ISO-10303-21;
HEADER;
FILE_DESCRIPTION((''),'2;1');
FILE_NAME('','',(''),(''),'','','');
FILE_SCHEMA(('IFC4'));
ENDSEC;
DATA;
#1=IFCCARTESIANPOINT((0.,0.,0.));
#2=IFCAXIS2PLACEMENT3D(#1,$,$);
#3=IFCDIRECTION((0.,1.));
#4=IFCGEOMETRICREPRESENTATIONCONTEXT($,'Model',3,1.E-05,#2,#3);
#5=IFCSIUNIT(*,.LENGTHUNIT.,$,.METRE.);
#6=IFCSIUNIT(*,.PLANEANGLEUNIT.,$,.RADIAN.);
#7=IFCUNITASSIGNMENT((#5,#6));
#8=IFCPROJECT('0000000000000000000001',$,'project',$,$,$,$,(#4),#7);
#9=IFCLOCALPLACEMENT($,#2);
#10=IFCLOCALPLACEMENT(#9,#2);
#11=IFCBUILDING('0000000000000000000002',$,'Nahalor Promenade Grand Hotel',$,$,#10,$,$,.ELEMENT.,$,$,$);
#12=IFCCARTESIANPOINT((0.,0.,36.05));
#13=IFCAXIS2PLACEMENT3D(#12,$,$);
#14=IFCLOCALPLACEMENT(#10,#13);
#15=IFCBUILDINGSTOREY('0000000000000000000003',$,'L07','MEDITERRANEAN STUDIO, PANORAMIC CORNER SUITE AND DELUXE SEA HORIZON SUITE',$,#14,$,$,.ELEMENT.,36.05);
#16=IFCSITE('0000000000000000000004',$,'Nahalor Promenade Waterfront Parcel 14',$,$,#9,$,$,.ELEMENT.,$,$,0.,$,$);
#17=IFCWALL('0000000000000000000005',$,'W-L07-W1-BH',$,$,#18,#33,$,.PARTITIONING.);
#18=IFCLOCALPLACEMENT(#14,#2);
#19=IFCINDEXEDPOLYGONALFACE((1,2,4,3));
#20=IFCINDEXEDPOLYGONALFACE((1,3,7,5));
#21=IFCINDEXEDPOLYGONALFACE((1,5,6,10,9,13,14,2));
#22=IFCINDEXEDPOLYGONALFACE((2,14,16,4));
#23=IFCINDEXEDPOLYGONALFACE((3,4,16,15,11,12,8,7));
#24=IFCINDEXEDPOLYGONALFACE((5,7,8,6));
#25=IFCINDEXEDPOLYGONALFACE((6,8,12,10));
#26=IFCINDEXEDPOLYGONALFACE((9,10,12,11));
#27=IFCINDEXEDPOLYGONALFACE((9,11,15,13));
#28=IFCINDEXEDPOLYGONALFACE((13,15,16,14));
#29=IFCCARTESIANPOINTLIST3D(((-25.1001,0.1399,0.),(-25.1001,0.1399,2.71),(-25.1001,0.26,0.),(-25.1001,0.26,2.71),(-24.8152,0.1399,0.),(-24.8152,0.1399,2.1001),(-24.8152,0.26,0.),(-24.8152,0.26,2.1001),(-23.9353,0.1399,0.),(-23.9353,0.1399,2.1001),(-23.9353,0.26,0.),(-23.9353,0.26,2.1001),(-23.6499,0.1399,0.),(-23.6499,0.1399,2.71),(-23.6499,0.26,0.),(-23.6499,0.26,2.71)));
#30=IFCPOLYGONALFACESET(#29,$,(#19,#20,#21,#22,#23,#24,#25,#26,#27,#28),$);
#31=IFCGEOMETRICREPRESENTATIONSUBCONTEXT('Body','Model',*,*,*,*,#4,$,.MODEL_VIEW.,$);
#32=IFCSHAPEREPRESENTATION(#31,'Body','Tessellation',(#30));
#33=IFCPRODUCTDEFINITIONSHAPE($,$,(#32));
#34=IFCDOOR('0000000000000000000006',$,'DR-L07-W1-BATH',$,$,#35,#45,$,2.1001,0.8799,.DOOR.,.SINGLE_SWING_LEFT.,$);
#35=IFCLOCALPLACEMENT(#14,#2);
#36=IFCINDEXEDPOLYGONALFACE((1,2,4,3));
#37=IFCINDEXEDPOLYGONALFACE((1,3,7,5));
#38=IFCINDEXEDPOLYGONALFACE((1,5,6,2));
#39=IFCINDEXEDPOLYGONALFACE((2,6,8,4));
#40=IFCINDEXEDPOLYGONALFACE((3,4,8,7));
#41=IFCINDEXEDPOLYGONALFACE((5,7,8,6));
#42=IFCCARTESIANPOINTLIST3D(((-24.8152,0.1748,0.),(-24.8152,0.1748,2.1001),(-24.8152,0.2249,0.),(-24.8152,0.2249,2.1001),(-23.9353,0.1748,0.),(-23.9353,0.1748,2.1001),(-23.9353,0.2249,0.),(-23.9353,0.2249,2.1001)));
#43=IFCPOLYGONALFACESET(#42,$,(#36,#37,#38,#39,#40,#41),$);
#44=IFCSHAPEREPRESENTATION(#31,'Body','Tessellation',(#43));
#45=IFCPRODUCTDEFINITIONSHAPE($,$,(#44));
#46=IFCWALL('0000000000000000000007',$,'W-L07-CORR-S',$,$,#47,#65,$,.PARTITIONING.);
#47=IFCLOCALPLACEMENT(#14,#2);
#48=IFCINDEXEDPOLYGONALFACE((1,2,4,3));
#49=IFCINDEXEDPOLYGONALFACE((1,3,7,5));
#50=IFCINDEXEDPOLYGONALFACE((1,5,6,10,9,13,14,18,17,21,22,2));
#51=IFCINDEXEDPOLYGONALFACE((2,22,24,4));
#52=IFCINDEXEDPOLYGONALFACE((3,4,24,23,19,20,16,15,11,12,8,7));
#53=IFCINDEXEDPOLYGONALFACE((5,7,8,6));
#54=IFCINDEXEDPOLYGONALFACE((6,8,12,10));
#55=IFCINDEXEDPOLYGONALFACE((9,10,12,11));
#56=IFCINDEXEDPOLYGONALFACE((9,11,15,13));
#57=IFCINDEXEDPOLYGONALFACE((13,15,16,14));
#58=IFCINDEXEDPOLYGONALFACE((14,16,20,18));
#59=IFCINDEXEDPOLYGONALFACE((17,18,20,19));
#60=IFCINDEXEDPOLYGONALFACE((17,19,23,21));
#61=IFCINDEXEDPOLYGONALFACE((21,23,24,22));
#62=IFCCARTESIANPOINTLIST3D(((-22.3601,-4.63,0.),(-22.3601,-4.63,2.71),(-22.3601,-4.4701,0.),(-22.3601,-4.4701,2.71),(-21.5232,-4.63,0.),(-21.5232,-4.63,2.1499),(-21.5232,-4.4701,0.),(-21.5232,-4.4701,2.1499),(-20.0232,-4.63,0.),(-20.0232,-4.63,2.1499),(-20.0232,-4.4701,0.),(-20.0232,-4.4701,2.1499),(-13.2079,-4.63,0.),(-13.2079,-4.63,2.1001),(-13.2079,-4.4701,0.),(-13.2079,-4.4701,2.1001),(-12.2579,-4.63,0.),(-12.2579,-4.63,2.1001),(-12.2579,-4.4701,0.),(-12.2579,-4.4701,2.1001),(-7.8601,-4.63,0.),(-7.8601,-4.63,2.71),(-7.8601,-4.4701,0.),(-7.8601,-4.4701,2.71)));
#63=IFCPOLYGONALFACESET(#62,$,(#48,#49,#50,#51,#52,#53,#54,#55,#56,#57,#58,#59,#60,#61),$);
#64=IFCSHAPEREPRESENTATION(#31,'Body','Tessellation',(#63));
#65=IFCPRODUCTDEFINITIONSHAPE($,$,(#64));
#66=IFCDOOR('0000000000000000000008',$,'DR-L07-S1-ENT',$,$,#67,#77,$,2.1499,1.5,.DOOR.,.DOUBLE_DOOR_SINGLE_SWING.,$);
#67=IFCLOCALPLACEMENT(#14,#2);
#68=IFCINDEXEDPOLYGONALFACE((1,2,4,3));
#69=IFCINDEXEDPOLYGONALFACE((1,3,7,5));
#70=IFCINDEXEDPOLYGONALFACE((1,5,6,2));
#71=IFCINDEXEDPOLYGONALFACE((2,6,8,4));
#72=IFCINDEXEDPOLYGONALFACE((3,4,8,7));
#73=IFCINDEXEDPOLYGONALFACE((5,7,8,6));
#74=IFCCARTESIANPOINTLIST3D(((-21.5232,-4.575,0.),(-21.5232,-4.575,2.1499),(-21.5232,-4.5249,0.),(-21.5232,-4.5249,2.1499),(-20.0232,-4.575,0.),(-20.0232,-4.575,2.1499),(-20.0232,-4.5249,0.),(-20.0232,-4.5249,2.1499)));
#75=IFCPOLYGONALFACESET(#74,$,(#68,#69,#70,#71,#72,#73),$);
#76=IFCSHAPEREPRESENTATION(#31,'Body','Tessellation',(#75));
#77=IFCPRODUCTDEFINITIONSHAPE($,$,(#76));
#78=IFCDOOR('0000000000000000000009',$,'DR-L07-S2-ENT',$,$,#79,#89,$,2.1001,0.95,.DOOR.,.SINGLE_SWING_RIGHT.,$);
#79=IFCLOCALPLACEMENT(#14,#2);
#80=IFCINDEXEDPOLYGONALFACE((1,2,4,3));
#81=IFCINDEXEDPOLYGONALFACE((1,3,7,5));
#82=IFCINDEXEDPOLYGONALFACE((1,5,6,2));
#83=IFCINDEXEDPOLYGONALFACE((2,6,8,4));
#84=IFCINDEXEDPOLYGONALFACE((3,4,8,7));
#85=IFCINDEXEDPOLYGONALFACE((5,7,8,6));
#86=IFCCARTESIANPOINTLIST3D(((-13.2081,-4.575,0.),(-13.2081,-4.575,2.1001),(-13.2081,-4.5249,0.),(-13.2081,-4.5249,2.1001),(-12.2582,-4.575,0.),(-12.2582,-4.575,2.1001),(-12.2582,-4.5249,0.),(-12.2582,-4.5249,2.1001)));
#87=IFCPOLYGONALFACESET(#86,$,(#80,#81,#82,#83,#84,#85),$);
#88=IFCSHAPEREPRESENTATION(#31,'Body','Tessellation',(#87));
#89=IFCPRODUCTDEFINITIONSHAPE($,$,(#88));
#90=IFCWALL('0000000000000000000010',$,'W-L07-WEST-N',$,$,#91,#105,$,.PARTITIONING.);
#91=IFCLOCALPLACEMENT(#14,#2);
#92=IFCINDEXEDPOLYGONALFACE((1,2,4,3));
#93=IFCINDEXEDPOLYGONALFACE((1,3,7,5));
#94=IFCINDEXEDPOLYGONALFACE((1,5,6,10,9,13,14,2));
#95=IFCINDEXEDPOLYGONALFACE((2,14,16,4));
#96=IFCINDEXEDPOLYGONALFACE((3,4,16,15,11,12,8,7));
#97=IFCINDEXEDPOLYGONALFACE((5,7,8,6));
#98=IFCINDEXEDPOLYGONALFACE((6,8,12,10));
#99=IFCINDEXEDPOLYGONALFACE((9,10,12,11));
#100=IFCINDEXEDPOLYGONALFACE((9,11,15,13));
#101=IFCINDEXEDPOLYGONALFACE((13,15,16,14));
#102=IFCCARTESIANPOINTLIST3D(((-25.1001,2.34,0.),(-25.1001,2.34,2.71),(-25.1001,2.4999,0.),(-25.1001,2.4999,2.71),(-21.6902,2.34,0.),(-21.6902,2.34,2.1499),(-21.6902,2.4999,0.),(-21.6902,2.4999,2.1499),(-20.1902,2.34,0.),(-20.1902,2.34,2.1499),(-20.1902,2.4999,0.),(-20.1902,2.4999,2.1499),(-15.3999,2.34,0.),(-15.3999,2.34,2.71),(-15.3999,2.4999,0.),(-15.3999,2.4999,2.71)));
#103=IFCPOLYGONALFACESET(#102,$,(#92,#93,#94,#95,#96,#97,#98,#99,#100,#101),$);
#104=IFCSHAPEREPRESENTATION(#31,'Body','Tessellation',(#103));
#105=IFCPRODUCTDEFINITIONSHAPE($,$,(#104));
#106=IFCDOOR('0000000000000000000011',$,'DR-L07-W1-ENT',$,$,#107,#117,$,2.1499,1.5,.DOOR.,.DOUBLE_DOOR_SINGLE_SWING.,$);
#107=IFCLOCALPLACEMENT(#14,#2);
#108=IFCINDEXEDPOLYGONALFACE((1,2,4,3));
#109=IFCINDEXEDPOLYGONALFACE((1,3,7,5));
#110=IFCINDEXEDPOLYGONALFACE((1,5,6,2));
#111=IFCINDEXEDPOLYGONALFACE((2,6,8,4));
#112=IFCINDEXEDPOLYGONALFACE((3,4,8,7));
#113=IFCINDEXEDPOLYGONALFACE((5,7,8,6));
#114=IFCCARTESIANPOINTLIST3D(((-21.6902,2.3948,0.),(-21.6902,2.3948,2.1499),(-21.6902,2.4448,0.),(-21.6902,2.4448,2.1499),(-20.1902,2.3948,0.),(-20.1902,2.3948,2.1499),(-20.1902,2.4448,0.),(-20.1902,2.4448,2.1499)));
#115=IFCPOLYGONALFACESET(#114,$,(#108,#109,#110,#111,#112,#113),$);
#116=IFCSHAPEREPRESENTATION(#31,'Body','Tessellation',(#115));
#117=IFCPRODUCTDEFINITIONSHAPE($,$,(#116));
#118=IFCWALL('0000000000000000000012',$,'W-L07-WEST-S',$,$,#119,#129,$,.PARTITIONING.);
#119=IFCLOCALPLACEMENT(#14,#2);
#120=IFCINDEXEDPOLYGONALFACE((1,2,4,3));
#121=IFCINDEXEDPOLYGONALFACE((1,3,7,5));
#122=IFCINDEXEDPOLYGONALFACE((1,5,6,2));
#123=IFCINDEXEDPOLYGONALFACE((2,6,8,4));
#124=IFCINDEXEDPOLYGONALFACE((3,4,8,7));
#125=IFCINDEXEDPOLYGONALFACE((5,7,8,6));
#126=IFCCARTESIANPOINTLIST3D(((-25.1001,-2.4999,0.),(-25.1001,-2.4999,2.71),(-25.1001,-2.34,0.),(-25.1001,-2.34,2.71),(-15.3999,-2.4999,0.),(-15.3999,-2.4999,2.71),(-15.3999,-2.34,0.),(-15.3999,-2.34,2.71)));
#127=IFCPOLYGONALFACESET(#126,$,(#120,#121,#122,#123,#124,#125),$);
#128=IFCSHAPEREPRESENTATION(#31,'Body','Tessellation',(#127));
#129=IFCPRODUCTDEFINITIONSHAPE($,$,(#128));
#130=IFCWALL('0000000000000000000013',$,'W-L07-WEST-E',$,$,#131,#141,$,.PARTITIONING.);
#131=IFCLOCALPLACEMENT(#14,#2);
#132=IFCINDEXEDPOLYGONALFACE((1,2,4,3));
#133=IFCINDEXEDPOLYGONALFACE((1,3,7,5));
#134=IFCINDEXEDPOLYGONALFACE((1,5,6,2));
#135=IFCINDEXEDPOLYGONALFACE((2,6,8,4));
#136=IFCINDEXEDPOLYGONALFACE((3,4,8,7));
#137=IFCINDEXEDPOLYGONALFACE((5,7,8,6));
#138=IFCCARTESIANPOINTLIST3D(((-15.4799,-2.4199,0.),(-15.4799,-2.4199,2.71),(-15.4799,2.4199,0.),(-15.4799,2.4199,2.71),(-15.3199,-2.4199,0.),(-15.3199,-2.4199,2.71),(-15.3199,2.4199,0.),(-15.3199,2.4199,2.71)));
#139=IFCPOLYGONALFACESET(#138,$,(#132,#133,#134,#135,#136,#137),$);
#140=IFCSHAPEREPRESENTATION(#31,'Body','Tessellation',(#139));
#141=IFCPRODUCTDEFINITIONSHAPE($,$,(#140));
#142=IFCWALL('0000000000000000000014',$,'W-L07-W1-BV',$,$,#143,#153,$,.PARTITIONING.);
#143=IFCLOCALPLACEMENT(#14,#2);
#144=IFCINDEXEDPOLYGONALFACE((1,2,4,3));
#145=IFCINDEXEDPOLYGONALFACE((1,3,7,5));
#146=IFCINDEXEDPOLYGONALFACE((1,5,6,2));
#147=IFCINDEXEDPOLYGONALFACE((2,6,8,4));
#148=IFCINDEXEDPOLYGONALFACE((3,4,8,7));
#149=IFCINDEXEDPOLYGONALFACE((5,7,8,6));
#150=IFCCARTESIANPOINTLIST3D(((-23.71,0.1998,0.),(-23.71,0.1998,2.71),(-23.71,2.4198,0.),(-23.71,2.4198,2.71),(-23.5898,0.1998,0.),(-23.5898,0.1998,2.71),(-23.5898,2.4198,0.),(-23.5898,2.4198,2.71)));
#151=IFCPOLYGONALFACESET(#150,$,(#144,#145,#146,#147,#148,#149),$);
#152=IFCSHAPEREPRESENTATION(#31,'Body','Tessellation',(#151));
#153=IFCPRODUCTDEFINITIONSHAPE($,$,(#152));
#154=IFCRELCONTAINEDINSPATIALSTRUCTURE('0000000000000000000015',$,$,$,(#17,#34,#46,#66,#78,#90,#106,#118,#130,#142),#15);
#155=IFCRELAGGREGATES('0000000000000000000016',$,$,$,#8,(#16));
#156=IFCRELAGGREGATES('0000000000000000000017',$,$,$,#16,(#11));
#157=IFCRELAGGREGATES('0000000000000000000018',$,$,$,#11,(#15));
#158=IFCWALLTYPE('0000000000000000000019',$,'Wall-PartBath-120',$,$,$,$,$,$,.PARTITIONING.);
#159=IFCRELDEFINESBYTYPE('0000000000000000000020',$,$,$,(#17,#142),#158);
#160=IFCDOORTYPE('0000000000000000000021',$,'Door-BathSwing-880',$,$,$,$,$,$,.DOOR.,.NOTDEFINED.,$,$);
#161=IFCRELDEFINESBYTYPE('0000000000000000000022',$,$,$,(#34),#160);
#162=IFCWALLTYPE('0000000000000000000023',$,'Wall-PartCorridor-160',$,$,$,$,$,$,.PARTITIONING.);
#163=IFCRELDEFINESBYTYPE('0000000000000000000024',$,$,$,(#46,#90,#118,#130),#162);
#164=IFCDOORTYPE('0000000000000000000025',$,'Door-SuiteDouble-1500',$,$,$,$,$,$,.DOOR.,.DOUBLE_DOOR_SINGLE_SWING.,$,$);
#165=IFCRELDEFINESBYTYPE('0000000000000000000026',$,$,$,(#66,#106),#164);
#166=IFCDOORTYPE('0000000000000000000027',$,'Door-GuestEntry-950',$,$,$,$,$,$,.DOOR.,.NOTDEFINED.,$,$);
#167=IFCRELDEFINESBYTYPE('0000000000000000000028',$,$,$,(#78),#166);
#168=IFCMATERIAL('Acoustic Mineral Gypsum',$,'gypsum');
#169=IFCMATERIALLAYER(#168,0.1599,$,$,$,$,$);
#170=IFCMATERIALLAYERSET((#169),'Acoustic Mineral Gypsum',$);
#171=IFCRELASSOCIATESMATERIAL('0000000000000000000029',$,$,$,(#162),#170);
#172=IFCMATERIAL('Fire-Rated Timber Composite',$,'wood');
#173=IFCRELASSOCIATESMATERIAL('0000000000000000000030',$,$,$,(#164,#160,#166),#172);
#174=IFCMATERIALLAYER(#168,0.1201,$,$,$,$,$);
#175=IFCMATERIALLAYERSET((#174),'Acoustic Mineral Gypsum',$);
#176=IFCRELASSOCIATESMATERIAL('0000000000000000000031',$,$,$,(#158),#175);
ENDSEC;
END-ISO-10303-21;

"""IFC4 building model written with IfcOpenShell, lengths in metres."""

from ifc_helpers import new_model, si_unit, direction, frame, frame_2d, origin, place, context, subcontext, project, spatial, rectangle, extrude, source, transform, mapped, material, layer, layer_set, type_object, element, fill, save


model = new_model("IFC4")

# Units and contexts
model_context = context("Model", 3, precision=1e-05, world=origin(), true_north=direction((0.0, 1.0)))
body_context = subcontext(model_context, "Body", "Model", "MODEL_VIEW")
ifc_project = project(units=[si_unit("LENGTHUNIT", "METRE"), si_unit("PLANEANGLEUNIT", "RADIAN")], contexts=[model_context])

# Site, building, storey
site_placement = place(None, origin())
site = spatial("IfcSite", under=ifc_project, at=site_placement, Name="Nahalor Promenade Waterfront Parcel 14", CompositionType="ELEMENT", RefElevation=0.0)
building_placement = place(site_placement, origin())
building = spatial("IfcBuilding", under=site, at=building_placement, Name="Nahalor Promenade Grand Hotel", CompositionType="ELEMENT")
storey_placement = place(building_placement, frame((0.0, 0.0, 36.05)))
storey = spatial("IfcBuildingStorey", under=building, at=storey_placement, Name="L07", Description="MEDITERRANEAN STUDIO, PANORAMIC CORNER SUITE AND DELUXE SEA HORIZON SUITE", CompositionType="ELEMENT", Elevation=36.05)

# Shared definitions
ifc_material_1 = material(Name="Acoustic Mineral Gypsum", Category="gypsum")
ifc_layer_1 = layer(ifc_material_1, 0.1599)
ifc_layer_set_1 = layer_set([ifc_layer_1], Name="Acoustic Mineral Gypsum")
wall_type_1 = type_object("IfcWallType", Name="Wall-PartCorridor-160", PredefinedType="PARTITIONING", material=ifc_layer_set_1)
ifc_material_2 = material(Name="Fire-Rated Timber Composite", Category="wood")
door_type_1 = type_object("IfcDoorType", Name="Door-SuiteDouble-1500", OperationType="DOUBLE_DOOR_SINGLE_SWING", PredefinedType="DOOR", material=ifc_material_2)
shared_shape_1 = source(origin(), body_context, "Body", "SweptSolid", [
    extrude(rectangle(XDim=1.5, YDim=2.1499, at=frame_2d((0.75, 1.075))), frame((0.0, 0.0249, 0.0), z_axis=(0.0, -1.0, 0.0), x_axis=(1.0, 0.0, 0.0)), (0.0, 0.0, 1.0), 0.05),
])

# Wall, opening, door
ifc_layer_2 = layer(ifc_material_1, 0.1201)
ifc_layer_set_2 = layer_set([ifc_layer_2], Name="Acoustic Mineral Gypsum")
wall_type_2 = type_object("IfcWallType", Name="Wall-PartBath-120", PredefinedType="PARTITIONING", material=ifc_layer_set_2)
shared_shape_2 = source(origin(), body_context, "Body", "SweptSolid", [
    extrude(rectangle(XDim=1.4502, YDim=0.1201, at=frame_2d((0.7251, 0.0))), origin(), (0.0, 0.0, 1.0), 2.71),
])
wall_1_placement = place(storey_placement, frame((-25.1001, 0.2, 0.0), z_axis=(0.0, 0.0, 1.0), x_axis=(1.0, 0.0, 0.0)))
wall_1 = element("IfcWall", 1, at=wall_1_placement, inside=storey, type_object=wall_type_2, Name="W-L07-W1-BH", PredefinedType="PARTITIONING", context=body_context, shape_type="MappedRepresentation", body=[
    mapped(shared_shape_2, transform((0.0, 0.0, 0.0), scale=1.0)),
])
opening_1_placement = place(wall_1_placement, frame((0.2849, 0.0, 0.0)))
opening_1 = element("IfcOpeningElement", 2, at=opening_1_placement, cuts=wall_1, PredefinedType="OPENING", context=body_context, shape_type="SweptSolid", body=[
    extrude(rectangle(XDim=0.8799, YDim=2.1001, at=frame_2d((0.4399, 1.05))), frame((0.0, 0.0701, 0.0), z_axis=(0.0, -1.0, 0.0), x_axis=(1.0, 0.0, 0.0)), (0.0, 0.0, 1.0), 0.1401),
])
door_type_2 = type_object("IfcDoorType", Name="Door-BathSwing-880", OperationType="NOTDEFINED", PredefinedType="DOOR", material=ifc_material_2)
shared_shape_3 = source(origin(), body_context, "Body", "SweptSolid", [
    extrude(rectangle(XDim=0.8799, YDim=2.1001, at=frame_2d((0.4399, 1.05))), frame((0.0, 0.0249, 0.0), z_axis=(0.0, -1.0, 0.0), x_axis=(1.0, 0.0, 0.0)), (0.0, 0.0, 1.0), 0.05),
])
door_1_placement = place(opening_1_placement, origin())
door_1 = element("IfcDoor", 3, at=door_1_placement, inside=storey, type_object=door_type_2, Name="DR-L07-W1-BATH", OperationType="SINGLE_SWING_LEFT", OverallHeight=2.1001, OverallWidth=0.8799, PredefinedType="DOOR", context=body_context, shape_type="MappedRepresentation", body=[
    mapped(shared_shape_3, transform((0.0, 0.0, 0.0), scale=1.0)),
])
fill(opening_1, door_1)

# Wall, openings, doors
shared_shape_4 = source(origin(), body_context, "Body", "SweptSolid", [
    extrude(rectangle(XDim=14.5, YDim=0.1599, at=frame_2d((7.25, 0.0))), origin(), (0.0, 0.0, 1.0), 2.71),
])
wall_2_placement = place(storey_placement, frame((-22.3601, -4.55, 0.0), z_axis=(0.0, 0.0, 1.0), x_axis=(1.0, 0.0, 0.0)))
wall_2 = element("IfcWall", 4, at=wall_2_placement, inside=storey, type_object=wall_type_1, Name="W-L07-CORR-S", PredefinedType="PARTITIONING", context=body_context, shape_type="MappedRepresentation", body=[
    mapped(shared_shape_4, transform((0.0, 0.0, 0.0), scale=1.0)),
])
opening_2_placement = place(wall_2_placement, frame((0.8369, 0.0, 0.0)))
opening_2 = element("IfcOpeningElement", 5, at=opening_2_placement, cuts=wall_2, PredefinedType="OPENING", context=body_context, shape_type="SweptSolid", body=[
    extrude(rectangle(XDim=1.5, YDim=2.1499, at=frame_2d((0.75, 1.075))), frame((0.0, 0.0898, 0.0), z_axis=(0.0, -1.0, 0.0), x_axis=(1.0, 0.0, 0.0)), (0.0, 0.0, 1.0), 0.1799),
])
opening_3_placement = place(wall_2_placement, frame((9.1521, 0.0, 0.0)))
opening_3 = element("IfcOpeningElement", 6, at=opening_3_placement, cuts=wall_2, PredefinedType="OPENING", context=body_context, shape_type="SweptSolid", body=[
    extrude(rectangle(XDim=0.95, YDim=2.1001, at=frame_2d((0.4751, 1.05))), frame((0.0, 0.0898, 0.0), z_axis=(0.0, -1.0, 0.0), x_axis=(1.0, 0.0, 0.0)), (0.0, 0.0, 1.0), 0.1799),
])
door_2_placement = place(opening_2_placement, frame((1.5, 0.0, 0.0), z_axis=(0.0, 0.0, 1.0), x_axis=(-1.0, 0.0, 0.0)))
door_2 = element("IfcDoor", 7, at=door_2_placement, inside=storey, type_object=door_type_1, Name="DR-L07-S1-ENT", OperationType="DOUBLE_DOOR_SINGLE_SWING", OverallHeight=2.1499, OverallWidth=1.5, PredefinedType="DOOR", context=body_context, shape_type="MappedRepresentation", body=[
    mapped(shared_shape_1, transform((0.0, 0.0, 0.0), scale=1.0)),
])
fill(opening_2, door_2)
door_type_3 = type_object("IfcDoorType", Name="Door-GuestEntry-950", OperationType="NOTDEFINED", PredefinedType="DOOR", material=ifc_material_2)
shared_shape_5 = source(origin(), body_context, "Body", "SweptSolid", [
    extrude(rectangle(XDim=0.95, YDim=2.1001, at=frame_2d((0.4751, 1.05))), frame((0.0, 0.0249, 0.0), z_axis=(0.0, -1.0, 0.0), x_axis=(1.0, 0.0, 0.0)), (0.0, 0.0, 1.0), 0.05),
])
door_3_placement = place(opening_3_placement, frame((0.95, 0.0, 0.0), z_axis=(0.0, 0.0, 1.0), x_axis=(-1.0, 0.0, 0.0)))
door_3 = element("IfcDoor", 8, at=door_3_placement, inside=storey, type_object=door_type_3, Name="DR-L07-S2-ENT", OperationType="SINGLE_SWING_RIGHT", OverallHeight=2.1001, OverallWidth=0.95, PredefinedType="DOOR", context=body_context, shape_type="MappedRepresentation", body=[
    mapped(shared_shape_5, transform((0.0, 0.0, 0.0), scale=1.0)),
])
fill(opening_3, door_3)

# Wall, opening, door
shared_shape_6 = source(origin(), body_context, "Body", "SweptSolid", [
    extrude(rectangle(XDim=9.7002, YDim=0.1599, at=frame_2d((4.8501, 0.0))), origin(), (0.0, 0.0, 1.0), 2.71),
])
wall_3_placement = place(storey_placement, frame((-25.1001, 2.4199, 0.0), z_axis=(0.0, 0.0, 1.0), x_axis=(1.0, 0.0, 0.0)))
wall_3 = element("IfcWall", 9, at=wall_3_placement, inside=storey, type_object=wall_type_1, Name="W-L07-WEST-N", PredefinedType="PARTITIONING", context=body_context, shape_type="MappedRepresentation", body=[
    mapped(shared_shape_6, transform((0.0, 0.0, 0.0), scale=1.0)),
])
opening_4_placement = place(wall_3_placement, frame((3.4099, 0.0, 0.0)))
opening_4 = element("IfcOpeningElement", 10, at=opening_4_placement, cuts=wall_3, PredefinedType="OPENING", context=body_context, shape_type="SweptSolid", body=[
    extrude(rectangle(XDim=1.5, YDim=2.1499, at=frame_2d((0.75, 1.075))), frame((0.0, 0.0898, 0.0), z_axis=(0.0, -1.0, 0.0), x_axis=(1.0, 0.0, 0.0)), (0.0, 0.0, 1.0), 0.1799),
])
door_4_placement = place(opening_4_placement, origin())
door_4 = element("IfcDoor", 11, at=door_4_placement, inside=storey, type_object=door_type_1, Name="DR-L07-W1-ENT", OperationType="DOUBLE_DOOR_SINGLE_SWING", OverallHeight=2.1499, OverallWidth=1.5, PredefinedType="DOOR", context=body_context, shape_type="MappedRepresentation", body=[
    mapped(shared_shape_1, transform((0.0, 0.0, 0.0), scale=1.0)),
])
fill(opening_4, door_4)

# Walls
wall_4_placement = place(storey_placement, frame((-25.1001, -2.4199, 0.0), z_axis=(0.0, 0.0, 1.0), x_axis=(1.0, 0.0, 0.0)))
element("IfcWall", 12, at=wall_4_placement, inside=storey, type_object=wall_type_1, Name="W-L07-WEST-S", PredefinedType="PARTITIONING", context=body_context, shape_type="MappedRepresentation", body=[
    mapped(shared_shape_6, transform((0.0, 0.0, 0.0), scale=1.0)),
])
shared_shape_7 = source(origin(), body_context, "Body", "SweptSolid", [
    extrude(rectangle(XDim=4.8398, YDim=0.1599, at=frame_2d((2.4199, 0.0))), origin(), (0.0, 0.0, 1.0), 2.71),
])
wall_5_placement = place(storey_placement, frame((-15.3999, -2.4199, 0.0), z_axis=(0.0, 0.0, 1.0), x_axis=(0.0, 1.0, 0.0)))
element("IfcWall", 13, at=wall_5_placement, inside=storey, type_object=wall_type_1, Name="W-L07-WEST-E", PredefinedType="PARTITIONING", context=body_context, shape_type="MappedRepresentation", body=[
    mapped(shared_shape_7, transform((0.0, 0.0, 0.0), scale=1.0)),
])
shared_shape_8 = source(origin(), body_context, "Body", "SweptSolid", [
    extrude(rectangle(XDim=2.22, YDim=0.1201, at=frame_2d((1.1099, 0.0))), origin(), (0.0, 0.0, 1.0), 2.71),
])
wall_6_placement = place(storey_placement, frame((-23.6499, 0.2, 0.0), z_axis=(0.0, 0.0, 1.0), x_axis=(0.0, 1.0, 0.0)))
element("IfcWall", 14, at=wall_6_placement, inside=storey, type_object=wall_type_2, Name="W-L07-W1-BV", PredefinedType="PARTITIONING", context=body_context, shape_type="MappedRepresentation", body=[
    mapped(shared_shape_8, transform((0.0, 0.0, 0.0), scale=1.0)),
])

save(model, "model.ifc")
